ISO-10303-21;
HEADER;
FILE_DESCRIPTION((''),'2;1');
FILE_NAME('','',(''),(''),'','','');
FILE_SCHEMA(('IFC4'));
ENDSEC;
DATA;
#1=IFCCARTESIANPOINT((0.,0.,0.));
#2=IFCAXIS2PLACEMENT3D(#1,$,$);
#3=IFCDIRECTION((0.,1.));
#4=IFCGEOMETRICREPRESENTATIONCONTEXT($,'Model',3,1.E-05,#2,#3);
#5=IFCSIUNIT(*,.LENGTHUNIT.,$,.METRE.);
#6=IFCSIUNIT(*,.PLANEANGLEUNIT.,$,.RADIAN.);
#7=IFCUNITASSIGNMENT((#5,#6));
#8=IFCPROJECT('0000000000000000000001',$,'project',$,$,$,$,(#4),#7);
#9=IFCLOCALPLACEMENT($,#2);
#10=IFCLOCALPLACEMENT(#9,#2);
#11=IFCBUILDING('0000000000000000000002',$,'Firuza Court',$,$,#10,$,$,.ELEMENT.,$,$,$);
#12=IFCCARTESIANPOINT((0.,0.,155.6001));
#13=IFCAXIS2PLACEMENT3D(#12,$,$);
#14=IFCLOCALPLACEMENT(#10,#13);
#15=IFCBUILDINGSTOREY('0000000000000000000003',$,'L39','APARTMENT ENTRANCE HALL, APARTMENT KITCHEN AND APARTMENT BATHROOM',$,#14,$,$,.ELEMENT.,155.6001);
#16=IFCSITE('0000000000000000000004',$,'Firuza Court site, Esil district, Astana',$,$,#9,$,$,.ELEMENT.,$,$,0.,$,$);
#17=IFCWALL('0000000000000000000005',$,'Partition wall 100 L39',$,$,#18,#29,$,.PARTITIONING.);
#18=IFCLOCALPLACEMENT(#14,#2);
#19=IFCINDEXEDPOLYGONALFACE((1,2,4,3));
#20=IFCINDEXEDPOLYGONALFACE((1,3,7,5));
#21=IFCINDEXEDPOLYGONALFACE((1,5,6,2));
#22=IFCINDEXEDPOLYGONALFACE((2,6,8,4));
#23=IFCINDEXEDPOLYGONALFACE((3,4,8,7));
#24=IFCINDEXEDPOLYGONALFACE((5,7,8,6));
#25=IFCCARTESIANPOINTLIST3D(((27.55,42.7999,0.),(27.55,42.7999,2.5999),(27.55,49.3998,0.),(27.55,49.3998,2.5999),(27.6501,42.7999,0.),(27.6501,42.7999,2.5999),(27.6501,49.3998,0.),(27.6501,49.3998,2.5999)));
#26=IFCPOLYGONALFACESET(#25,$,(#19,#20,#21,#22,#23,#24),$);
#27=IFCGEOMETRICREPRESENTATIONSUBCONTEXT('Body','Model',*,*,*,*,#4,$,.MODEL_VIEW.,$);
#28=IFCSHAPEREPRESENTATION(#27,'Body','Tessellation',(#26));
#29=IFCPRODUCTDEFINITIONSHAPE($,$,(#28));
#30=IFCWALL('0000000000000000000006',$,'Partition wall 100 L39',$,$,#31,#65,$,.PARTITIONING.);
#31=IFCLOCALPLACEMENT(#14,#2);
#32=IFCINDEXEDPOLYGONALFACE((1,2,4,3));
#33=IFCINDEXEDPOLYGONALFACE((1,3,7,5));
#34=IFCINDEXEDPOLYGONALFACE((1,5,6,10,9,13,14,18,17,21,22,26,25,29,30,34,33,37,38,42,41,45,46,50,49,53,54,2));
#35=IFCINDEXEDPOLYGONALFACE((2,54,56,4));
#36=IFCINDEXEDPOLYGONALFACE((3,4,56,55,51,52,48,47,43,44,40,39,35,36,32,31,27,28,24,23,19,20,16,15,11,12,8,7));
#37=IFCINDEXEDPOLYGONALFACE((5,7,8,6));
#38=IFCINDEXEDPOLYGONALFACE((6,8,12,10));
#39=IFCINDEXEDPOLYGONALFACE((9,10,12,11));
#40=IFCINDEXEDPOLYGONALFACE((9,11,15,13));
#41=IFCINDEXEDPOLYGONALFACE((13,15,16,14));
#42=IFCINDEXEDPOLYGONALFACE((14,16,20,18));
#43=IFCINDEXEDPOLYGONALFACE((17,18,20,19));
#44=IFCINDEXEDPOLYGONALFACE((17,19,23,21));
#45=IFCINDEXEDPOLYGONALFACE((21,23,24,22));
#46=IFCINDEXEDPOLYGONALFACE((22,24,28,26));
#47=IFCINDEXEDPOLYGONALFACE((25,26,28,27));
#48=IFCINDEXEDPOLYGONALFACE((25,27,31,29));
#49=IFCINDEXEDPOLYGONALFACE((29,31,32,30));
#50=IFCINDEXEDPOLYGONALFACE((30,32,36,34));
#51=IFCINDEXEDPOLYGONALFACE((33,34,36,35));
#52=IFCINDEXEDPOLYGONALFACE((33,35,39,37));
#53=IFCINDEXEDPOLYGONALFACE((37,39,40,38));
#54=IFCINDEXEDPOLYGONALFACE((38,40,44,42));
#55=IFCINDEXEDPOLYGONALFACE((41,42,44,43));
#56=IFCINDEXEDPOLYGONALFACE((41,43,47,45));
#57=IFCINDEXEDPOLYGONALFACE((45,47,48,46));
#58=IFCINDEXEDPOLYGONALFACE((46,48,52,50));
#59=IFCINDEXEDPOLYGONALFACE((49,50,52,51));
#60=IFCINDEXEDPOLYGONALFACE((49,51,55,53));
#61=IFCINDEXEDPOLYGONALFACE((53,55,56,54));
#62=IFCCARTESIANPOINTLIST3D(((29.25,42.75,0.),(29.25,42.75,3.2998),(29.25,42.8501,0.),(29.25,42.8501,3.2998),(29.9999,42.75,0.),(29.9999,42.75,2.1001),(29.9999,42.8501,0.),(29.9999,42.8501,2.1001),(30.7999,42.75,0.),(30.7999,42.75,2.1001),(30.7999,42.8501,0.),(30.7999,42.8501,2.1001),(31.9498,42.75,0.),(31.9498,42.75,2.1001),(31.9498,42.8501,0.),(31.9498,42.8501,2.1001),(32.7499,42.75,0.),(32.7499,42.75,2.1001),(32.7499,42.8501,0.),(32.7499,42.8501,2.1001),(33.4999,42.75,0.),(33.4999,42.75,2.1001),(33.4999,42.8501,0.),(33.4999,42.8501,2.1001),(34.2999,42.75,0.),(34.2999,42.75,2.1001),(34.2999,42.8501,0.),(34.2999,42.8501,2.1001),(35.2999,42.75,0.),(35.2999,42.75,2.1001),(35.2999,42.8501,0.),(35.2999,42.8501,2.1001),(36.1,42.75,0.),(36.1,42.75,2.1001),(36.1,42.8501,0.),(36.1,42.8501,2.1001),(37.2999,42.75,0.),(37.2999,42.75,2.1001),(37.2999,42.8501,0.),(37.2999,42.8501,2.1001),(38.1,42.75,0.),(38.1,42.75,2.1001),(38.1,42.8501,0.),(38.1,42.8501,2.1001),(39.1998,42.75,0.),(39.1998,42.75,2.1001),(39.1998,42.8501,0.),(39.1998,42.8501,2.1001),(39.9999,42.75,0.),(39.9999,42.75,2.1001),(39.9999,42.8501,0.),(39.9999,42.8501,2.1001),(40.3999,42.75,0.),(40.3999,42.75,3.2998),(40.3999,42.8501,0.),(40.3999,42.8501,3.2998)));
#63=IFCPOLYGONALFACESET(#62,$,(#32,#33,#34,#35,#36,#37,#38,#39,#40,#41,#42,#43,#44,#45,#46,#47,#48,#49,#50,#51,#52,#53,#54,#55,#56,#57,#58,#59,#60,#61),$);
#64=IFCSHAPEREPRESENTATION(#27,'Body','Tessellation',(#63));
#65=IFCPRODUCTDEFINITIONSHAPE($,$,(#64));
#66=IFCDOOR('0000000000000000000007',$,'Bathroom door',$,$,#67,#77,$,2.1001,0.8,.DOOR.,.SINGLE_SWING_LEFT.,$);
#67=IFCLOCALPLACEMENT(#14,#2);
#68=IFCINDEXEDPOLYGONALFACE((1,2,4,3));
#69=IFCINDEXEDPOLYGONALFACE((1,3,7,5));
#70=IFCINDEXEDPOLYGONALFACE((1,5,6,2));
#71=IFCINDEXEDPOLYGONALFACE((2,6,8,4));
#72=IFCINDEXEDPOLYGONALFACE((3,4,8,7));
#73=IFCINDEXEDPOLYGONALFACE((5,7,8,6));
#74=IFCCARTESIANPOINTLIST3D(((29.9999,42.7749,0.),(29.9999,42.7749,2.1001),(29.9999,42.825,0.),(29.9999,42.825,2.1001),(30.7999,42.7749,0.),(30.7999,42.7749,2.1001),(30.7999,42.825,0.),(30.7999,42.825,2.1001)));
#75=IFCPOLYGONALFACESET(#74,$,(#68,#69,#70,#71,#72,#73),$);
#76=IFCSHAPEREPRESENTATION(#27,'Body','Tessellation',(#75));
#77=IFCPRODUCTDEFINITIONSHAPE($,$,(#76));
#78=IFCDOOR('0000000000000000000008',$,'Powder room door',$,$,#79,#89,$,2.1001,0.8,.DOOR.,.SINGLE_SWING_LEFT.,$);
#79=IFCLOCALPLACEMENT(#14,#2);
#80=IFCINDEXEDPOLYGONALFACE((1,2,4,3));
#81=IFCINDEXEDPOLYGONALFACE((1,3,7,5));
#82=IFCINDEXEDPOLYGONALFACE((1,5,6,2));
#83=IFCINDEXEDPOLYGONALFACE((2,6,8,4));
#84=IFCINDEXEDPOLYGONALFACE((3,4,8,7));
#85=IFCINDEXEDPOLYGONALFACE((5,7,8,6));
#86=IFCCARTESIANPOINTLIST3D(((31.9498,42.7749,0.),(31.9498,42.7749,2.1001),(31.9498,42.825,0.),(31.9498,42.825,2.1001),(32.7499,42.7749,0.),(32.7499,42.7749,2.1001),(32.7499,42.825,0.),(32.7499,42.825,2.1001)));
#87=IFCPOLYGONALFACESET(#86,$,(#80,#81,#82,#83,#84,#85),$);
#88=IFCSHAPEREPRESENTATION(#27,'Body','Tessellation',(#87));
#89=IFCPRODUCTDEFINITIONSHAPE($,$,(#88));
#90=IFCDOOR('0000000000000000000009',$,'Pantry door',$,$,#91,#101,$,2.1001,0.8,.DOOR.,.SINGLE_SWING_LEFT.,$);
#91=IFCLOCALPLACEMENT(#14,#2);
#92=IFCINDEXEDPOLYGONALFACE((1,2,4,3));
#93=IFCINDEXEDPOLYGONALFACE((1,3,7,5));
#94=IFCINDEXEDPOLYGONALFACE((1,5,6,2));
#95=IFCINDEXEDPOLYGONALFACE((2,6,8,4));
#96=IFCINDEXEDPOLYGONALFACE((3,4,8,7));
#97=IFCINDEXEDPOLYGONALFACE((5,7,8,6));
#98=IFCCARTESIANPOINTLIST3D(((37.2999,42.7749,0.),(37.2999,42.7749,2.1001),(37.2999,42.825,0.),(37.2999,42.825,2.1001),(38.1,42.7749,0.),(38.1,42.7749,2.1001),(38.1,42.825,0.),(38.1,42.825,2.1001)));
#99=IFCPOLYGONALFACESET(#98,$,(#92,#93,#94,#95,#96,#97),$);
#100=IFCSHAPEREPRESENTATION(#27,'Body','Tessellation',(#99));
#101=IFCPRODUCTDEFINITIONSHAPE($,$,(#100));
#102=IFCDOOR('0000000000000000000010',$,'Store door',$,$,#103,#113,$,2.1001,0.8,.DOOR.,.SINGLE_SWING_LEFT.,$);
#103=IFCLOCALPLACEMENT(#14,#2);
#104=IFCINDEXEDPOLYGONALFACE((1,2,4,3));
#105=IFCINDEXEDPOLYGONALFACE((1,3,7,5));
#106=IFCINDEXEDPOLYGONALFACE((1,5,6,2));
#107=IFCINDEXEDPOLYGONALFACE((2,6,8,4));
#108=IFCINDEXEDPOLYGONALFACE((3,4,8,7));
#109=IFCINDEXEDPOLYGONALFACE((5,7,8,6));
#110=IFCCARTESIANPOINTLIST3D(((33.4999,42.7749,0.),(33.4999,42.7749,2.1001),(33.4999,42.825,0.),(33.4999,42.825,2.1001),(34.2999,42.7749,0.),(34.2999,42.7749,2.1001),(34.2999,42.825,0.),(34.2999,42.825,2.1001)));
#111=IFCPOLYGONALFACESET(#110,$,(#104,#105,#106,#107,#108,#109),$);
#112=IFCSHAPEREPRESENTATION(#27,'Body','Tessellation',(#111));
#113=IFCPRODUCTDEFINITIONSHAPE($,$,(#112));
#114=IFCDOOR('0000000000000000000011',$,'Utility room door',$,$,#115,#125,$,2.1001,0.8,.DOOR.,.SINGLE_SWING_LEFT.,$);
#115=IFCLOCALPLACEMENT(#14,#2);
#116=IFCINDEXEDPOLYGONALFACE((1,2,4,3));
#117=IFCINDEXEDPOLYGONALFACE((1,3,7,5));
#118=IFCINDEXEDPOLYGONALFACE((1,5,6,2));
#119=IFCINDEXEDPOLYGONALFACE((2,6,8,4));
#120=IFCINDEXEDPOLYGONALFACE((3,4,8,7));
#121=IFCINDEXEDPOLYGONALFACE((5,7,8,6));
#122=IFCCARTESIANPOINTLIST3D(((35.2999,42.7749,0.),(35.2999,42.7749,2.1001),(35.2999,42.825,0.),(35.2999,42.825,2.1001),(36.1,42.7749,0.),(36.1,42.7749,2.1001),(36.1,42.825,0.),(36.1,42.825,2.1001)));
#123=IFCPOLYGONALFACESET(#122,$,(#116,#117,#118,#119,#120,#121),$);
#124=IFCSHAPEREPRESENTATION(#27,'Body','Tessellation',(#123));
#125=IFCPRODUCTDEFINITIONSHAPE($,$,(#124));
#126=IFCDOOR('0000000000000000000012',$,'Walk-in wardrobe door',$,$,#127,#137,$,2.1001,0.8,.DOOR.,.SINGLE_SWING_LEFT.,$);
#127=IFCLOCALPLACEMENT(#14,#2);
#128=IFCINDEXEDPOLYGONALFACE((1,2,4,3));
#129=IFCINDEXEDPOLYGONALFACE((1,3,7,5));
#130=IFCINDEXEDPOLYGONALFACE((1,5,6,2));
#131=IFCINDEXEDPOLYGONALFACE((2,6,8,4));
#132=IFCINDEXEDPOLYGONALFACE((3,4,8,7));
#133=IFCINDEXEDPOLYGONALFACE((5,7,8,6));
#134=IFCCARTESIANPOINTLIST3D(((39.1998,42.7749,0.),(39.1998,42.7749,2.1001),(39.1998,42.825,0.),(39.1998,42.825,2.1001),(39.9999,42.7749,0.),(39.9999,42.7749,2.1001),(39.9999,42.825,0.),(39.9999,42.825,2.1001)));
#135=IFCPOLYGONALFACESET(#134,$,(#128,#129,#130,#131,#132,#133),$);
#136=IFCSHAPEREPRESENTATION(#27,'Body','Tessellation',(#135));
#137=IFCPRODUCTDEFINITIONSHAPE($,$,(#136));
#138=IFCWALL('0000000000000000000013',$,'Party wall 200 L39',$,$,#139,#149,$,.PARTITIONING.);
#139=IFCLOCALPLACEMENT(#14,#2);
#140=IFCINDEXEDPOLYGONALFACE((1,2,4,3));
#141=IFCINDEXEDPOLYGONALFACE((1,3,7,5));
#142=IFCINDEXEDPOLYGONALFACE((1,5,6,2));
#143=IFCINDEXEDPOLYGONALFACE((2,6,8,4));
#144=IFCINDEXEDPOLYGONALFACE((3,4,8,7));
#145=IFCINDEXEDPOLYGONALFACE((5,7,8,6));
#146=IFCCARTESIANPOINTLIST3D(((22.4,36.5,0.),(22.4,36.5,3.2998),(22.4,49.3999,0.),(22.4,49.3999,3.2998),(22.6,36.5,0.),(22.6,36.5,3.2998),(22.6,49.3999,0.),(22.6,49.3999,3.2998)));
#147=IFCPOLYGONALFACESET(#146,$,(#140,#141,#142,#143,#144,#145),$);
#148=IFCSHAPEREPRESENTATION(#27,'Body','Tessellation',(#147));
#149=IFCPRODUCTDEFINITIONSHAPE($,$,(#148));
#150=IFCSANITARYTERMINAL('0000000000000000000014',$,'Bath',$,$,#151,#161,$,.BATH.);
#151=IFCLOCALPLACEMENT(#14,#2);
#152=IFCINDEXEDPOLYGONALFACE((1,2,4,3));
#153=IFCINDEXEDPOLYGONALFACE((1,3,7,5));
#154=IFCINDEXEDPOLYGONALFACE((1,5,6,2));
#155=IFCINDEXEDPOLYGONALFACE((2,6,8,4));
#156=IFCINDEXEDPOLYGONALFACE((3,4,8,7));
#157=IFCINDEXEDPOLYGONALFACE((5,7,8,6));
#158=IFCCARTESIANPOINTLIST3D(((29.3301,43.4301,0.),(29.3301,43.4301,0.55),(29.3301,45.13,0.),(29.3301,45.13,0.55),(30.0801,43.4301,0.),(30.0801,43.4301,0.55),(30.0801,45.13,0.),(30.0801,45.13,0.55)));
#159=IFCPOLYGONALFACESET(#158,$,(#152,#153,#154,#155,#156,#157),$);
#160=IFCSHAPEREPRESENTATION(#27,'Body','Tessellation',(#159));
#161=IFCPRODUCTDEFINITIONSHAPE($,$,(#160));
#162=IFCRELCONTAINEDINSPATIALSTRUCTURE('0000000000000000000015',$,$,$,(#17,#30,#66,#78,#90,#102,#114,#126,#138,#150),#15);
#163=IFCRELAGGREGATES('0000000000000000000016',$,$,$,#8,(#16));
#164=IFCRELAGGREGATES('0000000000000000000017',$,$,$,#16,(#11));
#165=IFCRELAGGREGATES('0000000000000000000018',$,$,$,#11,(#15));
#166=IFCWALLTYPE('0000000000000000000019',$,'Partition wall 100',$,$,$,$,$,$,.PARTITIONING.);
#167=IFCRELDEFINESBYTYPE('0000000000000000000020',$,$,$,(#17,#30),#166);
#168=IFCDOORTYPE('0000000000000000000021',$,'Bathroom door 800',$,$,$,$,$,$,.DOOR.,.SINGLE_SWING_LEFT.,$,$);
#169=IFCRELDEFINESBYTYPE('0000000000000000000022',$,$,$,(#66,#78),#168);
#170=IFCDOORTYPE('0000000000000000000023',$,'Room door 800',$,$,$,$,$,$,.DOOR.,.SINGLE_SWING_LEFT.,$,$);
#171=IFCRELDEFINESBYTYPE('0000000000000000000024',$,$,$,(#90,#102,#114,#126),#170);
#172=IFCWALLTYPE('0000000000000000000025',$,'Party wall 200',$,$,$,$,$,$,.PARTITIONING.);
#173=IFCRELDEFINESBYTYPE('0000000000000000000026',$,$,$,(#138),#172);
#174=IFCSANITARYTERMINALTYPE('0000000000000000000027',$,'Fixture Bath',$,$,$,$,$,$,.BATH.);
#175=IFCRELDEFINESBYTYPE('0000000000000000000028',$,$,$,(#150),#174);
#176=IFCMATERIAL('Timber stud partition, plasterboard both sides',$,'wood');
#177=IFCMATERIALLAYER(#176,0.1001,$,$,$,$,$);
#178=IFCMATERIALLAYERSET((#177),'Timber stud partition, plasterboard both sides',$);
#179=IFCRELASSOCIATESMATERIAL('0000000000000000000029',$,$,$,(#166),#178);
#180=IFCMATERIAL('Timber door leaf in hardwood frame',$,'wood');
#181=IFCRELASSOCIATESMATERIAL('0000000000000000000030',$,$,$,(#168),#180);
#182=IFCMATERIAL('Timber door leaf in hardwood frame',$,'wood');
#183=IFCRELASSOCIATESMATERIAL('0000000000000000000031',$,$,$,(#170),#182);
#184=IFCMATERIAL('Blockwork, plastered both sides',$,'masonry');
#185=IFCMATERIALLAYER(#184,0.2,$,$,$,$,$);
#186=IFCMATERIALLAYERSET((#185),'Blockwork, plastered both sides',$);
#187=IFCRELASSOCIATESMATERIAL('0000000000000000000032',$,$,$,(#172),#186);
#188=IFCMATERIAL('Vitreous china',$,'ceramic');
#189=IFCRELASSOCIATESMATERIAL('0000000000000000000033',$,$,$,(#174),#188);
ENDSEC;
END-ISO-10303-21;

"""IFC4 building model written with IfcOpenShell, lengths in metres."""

from ifc_helpers import new_model, si_unit, direction, frame, frame_2d, origin, origin_2d, place, context, subcontext, project, spatial, rectangle, extrude, material, layer, layer_set, type_object, element, fill, save


model = new_model("IFC4")

# Units and contexts
model_context = context("Model", 3, precision=1e-05, world=origin(), true_north=direction((0.0, 1.0)))
body_context = subcontext(model_context, "Body", "Model", "MODEL_VIEW")
ifc_project = project(units=[si_unit("LENGTHUNIT", "METRE"), si_unit("PLANEANGLEUNIT", "RADIAN")], contexts=[model_context])

# Site, building, storey
site_placement = place(None, origin())
site = spatial("IfcSite", under=ifc_project, at=site_placement, Name="Firuza Court site, Esil district, Astana", CompositionType="ELEMENT", RefElevation=0.0)
building_placement = place(site_placement, origin())
building = spatial("IfcBuilding", under=site, at=building_placement, Name="Firuza Court", CompositionType="ELEMENT")
storey_placement = place(building_placement, frame((0.0, 0.0, 155.6001)))
storey = spatial("IfcBuildingStorey", under=building, at=storey_placement, Name="L39", Description="APARTMENT ENTRANCE HALL, APARTMENT KITCHEN AND APARTMENT BATHROOM", CompositionType="ELEMENT", Elevation=155.6001)

# Shared definitions
ifc_material_1 = material(Name="Timber stud partition, plasterboard both sides", Category="wood")
ifc_layer_1 = layer(ifc_material_1, 0.1001)
ifc_layer_set_1 = layer_set([ifc_layer_1], Name="Timber stud partition, plasterboard both sides")
wall_type_1 = type_object("IfcWallType", Name="Partition wall 100", PredefinedType="PARTITIONING", material=ifc_layer_set_1)

# Wall
wall_1_placement = place(storey_placement, frame((27.6001, 42.8, 0.0), z_axis=(0.0, 0.0, 1.0), x_axis=(0.0, 1.0, 0.0)))
element("IfcWall", 1, at=wall_1_placement, inside=storey, type_object=wall_type_1, Name="Partition wall 100 L39", PredefinedType="PARTITIONING", context=body_context, shape_type="SweptSolid", body=[
    extrude(rectangle(XDim=6.5999, YDim=0.1001, at=frame_2d((3.2998, 0.0))), origin(), (0.0, 0.0, 1.0), 2.5999),
])

# Wall, openings, doors
wall_2_placement = place(storey_placement, frame((29.25, 42.8, 0.0), z_axis=(0.0, 0.0, 1.0), x_axis=(1.0, 0.0, 0.0)))
wall_2 = element("IfcWall", 2, at=wall_2_placement, inside=storey, type_object=wall_type_1, Name="Partition wall 100 L39", PredefinedType="PARTITIONING", context=body_context, shape_type="SweptSolid", body=[
    extrude(rectangle(XDim=11.1499, YDim=0.1001, at=frame_2d((5.575, 0.0))), origin(), (0.0, 0.0, 1.0), 3.2998),
])
opening_1_placement = place(wall_2_placement, frame((0.75, 0.0, 0.0)))
opening_1 = element("IfcOpeningElement", 3, at=opening_1_placement, cuts=wall_2, PredefinedType="OPENING", context=body_context, shape_type="SweptSolid", body=[
    extrude(rectangle(XDim=0.8, YDim=2.1001, at=frame_2d((0.3999, 1.05))), frame((0.0, 0.062, 0.0), z_axis=(0.0, -1.0, 0.0), x_axis=(1.0, 0.0, 0.0)), (0.0, 0.0, 1.0), 0.124),
])
opening_2_placement = place(wall_2_placement, frame((8.05, 0.0, 0.0)))
opening_2 = element("IfcOpeningElement", 4, at=opening_2_placement, cuts=wall_2, PredefinedType="OPENING", context=body_context, shape_type="SweptSolid", body=[
    extrude(rectangle(XDim=0.8, YDim=2.1001, at=frame_2d((0.3999, 1.05))), frame((0.0, 0.062, 0.0), z_axis=(0.0, -1.0, 0.0), x_axis=(1.0, 0.0, 0.0)), (0.0, 0.0, 1.0), 0.124),
])
opening_3_placement = place(wall_2_placement, frame((4.25, 0.0, 0.0)))
opening_3 = element("IfcOpeningElement", 5, at=opening_3_placement, cuts=wall_2, PredefinedType="OPENING", context=body_context, shape_type="SweptSolid", body=[
    extrude(rectangle(XDim=0.8, YDim=2.1001, at=frame_2d((0.3999, 1.05))), frame((0.0, 0.062, 0.0), z_axis=(0.0, -1.0, 0.0), x_axis=(1.0, 0.0, 0.0)), (0.0, 0.0, 1.0), 0.124),
])
opening_4_placement = place(wall_2_placement, frame((6.05, 0.0, 0.0)))
opening_4 = element("IfcOpeningElement", 6, at=opening_4_placement, cuts=wall_2, PredefinedType="OPENING", context=body_context, shape_type="SweptSolid", body=[
    extrude(rectangle(XDim=0.8, YDim=2.1001, at=frame_2d((0.3999, 1.05))), frame((0.0, 0.062, 0.0), z_axis=(0.0, -1.0, 0.0), x_axis=(1.0, 0.0, 0.0)), (0.0, 0.0, 1.0), 0.124),
])
opening_5_placement = place(wall_2_placement, frame((9.95, 0.0, 0.0)))
opening_5 = element("IfcOpeningElement", 7, at=opening_5_placement, cuts=wall_2, PredefinedType="OPENING", context=body_context, shape_type="SweptSolid", body=[
    extrude(rectangle(XDim=0.8, YDim=2.1001, at=frame_2d((0.3999, 1.05))), frame((0.0, 0.062, 0.0), z_axis=(0.0, -1.0, 0.0), x_axis=(1.0, 0.0, 0.0)), (0.0, 0.0, 1.0), 0.124),
])
opening_6_placement = place(wall_2_placement, frame((2.7, 0.0, 0.0)))
opening_6 = element("IfcOpeningElement", 8, at=opening_6_placement, cuts=wall_2, PredefinedType="OPENING", context=body_context, shape_type="SweptSolid", body=[
    extrude(rectangle(XDim=0.8, YDim=2.1001, at=frame_2d((0.3999, 1.05))), frame((0.0, 0.062, 0.0), z_axis=(0.0, -1.0, 0.0), x_axis=(1.0, 0.0, 0.0)), (0.0, 0.0, 1.0), 0.124),
])
ifc_material_2 = material(Name="Timber door leaf in hardwood frame", Category="wood")
door_type_1 = type_object("IfcDoorType", Name="Bathroom door 800", OperationType="SINGLE_SWING_LEFT", PredefinedType="DOOR", material=ifc_material_2)
door_1_placement = place(opening_1_placement, origin())
door_1 = element("IfcDoor", 9, at=door_1_placement, inside=storey, type_object=door_type_1, Name="Bathroom door", OperationType="SINGLE_SWING_LEFT", OverallHeight=2.1001, OverallWidth=0.8, PredefinedType="DOOR", context=body_context, shape_type="SweptSolid", body=[
    extrude(rectangle(XDim=0.8, YDim=2.1001, at=frame_2d((0.3999, 1.05))), frame((0.0, 0.0249, 0.0), z_axis=(0.0, -1.0, 0.0), x_axis=(1.0, 0.0, 0.0)), (0.0, 0.0, 1.0), 0.05),
])
fill(opening_1, door_1)
door_2_placement = place(opening_6_placement, origin())
door_2 = element("IfcDoor", 10, at=door_2_placement, inside=storey, type_object=door_type_1, Name="Powder room door", OperationType="SINGLE_SWING_LEFT", OverallHeight=2.1001, OverallWidth=0.8, PredefinedType="DOOR", context=body_context, shape_type="SweptSolid", body=[
    extrude(rectangle(XDim=0.8, YDim=2.1001, at=frame_2d((0.3999, 1.05))), frame((0.0, 0.0249, 0.0), z_axis=(0.0, -1.0, 0.0), x_axis=(1.0, 0.0, 0.0)), (0.0, 0.0, 1.0), 0.05),
])
fill(opening_6, door_2)
ifc_material_3 = material(Name="Timber door leaf in hardwood frame", Category="wood")
door_type_2 = type_object("IfcDoorType", Name="Room door 800", OperationType="SINGLE_SWING_LEFT", PredefinedType="DOOR", material=ifc_material_3)
door_3_placement = place(opening_2_placement, origin())
door_3 = element("IfcDoor", 11, at=door_3_placement, inside=storey, type_object=door_type_2, Name="Pantry door", OperationType="SINGLE_SWING_LEFT", OverallHeight=2.1001, OverallWidth=0.8, PredefinedType="DOOR", context=body_context, shape_type="SweptSolid", body=[
    extrude(rectangle(XDim=0.8, YDim=2.1001, at=frame_2d((0.3999, 1.05))), frame((0.0, 0.0249, 0.0), z_axis=(0.0, -1.0, 0.0), x_axis=(1.0, 0.0, 0.0)), (0.0, 0.0, 1.0), 0.05),
])
fill(opening_2, door_3)
door_4_placement = place(opening_3_placement, origin())
door_4 = element("IfcDoor", 12, at=door_4_placement, inside=storey, type_object=door_type_2, Name="Store door", OperationType="SINGLE_SWING_LEFT", OverallHeight=2.1001, OverallWidth=0.8, PredefinedType="DOOR", context=body_context, shape_type="SweptSolid", body=[
    extrude(rectangle(XDim=0.8, YDim=2.1001, at=frame_2d((0.3999, 1.05))), frame((0.0, 0.0249, 0.0), z_axis=(0.0, -1.0, 0.0), x_axis=(1.0, 0.0, 0.0)), (0.0, 0.0, 1.0), 0.05),
])
fill(opening_3, door_4)
door_5_placement = place(opening_4_placement, origin())
door_5 = element("IfcDoor", 13, at=door_5_placement, inside=storey, type_object=door_type_2, Name="Utility room door", OperationType="SINGLE_SWING_LEFT", OverallHeight=2.1001, OverallWidth=0.8, PredefinedType="DOOR", context=body_context, shape_type="SweptSolid", body=[
    extrude(rectangle(XDim=0.8, YDim=2.1001, at=frame_2d((0.3999, 1.05))), frame((0.0, 0.0249, 0.0), z_axis=(0.0, -1.0, 0.0), x_axis=(1.0, 0.0, 0.0)), (0.0, 0.0, 1.0), 0.05),
])
fill(opening_4, door_5)
door_6_placement = place(opening_5_placement, origin())
door_6 = element("IfcDoor", 14, at=door_6_placement, inside=storey, type_object=door_type_2, Name="Walk-in wardrobe door", OperationType="SINGLE_SWING_LEFT", OverallHeight=2.1001, OverallWidth=0.8, PredefinedType="DOOR", context=body_context, shape_type="SweptSolid", body=[
    extrude(rectangle(XDim=0.8, YDim=2.1001, at=frame_2d((0.3999, 1.05))), frame((0.0, 0.0249, 0.0), z_axis=(0.0, -1.0, 0.0), x_axis=(1.0, 0.0, 0.0)), (0.0, 0.0, 1.0), 0.05),
])
fill(opening_5, door_6)

# Wall
ifc_material_4 = material(Name="Blockwork, plastered both sides", Category="masonry")
ifc_layer_2 = layer(ifc_material_4, 0.2)
ifc_layer_set_2 = layer_set([ifc_layer_2], Name="Blockwork, plastered both sides")
wall_type_2 = type_object("IfcWallType", Name="Party wall 200", PredefinedType="PARTITIONING", material=ifc_layer_set_2)
wall_3_placement = place(storey_placement, frame((22.5, 36.5, 0.0), z_axis=(0.0, 0.0, 1.0), x_axis=(0.0, 1.0, 0.0)))
element("IfcWall", 15, at=wall_3_placement, inside=storey, type_object=wall_type_2, Name="Party wall 200 L39", PredefinedType="PARTITIONING", context=body_context, shape_type="SweptSolid", body=[
    extrude(rectangle(XDim=12.8999, YDim=0.2, at=frame_2d((6.45, 0.0))), origin(), (0.0, 0.0, 1.0), 3.2998),
])

# Sanitary terminal
ifc_material_5 = material(Name="Vitreous china", Category="ceramic")
sanitary_terminal_type_1 = type_object("IfcSanitaryTerminalType", Name="Fixture Bath", PredefinedType="BATH", material=ifc_material_5)
sanitary_terminal_1_placement = place(storey_placement, frame((29.7051, 44.28, 0.0), z_axis=(0.0, 0.0, 1.0), x_axis=(1.0, 0.0, 0.0)))
element("IfcSanitaryTerminal", 16, at=sanitary_terminal_1_placement, inside=storey, type_object=sanitary_terminal_type_1, Name="Bath", PredefinedType="BATH", context=body_context, shape_type="SweptSolid", body=[
    extrude(rectangle(XDim=0.75, YDim=1.7, at=origin_2d()), origin(), (0.0, 0.0, 1.0), 0.55),
])

save(model, "model.ifc")
